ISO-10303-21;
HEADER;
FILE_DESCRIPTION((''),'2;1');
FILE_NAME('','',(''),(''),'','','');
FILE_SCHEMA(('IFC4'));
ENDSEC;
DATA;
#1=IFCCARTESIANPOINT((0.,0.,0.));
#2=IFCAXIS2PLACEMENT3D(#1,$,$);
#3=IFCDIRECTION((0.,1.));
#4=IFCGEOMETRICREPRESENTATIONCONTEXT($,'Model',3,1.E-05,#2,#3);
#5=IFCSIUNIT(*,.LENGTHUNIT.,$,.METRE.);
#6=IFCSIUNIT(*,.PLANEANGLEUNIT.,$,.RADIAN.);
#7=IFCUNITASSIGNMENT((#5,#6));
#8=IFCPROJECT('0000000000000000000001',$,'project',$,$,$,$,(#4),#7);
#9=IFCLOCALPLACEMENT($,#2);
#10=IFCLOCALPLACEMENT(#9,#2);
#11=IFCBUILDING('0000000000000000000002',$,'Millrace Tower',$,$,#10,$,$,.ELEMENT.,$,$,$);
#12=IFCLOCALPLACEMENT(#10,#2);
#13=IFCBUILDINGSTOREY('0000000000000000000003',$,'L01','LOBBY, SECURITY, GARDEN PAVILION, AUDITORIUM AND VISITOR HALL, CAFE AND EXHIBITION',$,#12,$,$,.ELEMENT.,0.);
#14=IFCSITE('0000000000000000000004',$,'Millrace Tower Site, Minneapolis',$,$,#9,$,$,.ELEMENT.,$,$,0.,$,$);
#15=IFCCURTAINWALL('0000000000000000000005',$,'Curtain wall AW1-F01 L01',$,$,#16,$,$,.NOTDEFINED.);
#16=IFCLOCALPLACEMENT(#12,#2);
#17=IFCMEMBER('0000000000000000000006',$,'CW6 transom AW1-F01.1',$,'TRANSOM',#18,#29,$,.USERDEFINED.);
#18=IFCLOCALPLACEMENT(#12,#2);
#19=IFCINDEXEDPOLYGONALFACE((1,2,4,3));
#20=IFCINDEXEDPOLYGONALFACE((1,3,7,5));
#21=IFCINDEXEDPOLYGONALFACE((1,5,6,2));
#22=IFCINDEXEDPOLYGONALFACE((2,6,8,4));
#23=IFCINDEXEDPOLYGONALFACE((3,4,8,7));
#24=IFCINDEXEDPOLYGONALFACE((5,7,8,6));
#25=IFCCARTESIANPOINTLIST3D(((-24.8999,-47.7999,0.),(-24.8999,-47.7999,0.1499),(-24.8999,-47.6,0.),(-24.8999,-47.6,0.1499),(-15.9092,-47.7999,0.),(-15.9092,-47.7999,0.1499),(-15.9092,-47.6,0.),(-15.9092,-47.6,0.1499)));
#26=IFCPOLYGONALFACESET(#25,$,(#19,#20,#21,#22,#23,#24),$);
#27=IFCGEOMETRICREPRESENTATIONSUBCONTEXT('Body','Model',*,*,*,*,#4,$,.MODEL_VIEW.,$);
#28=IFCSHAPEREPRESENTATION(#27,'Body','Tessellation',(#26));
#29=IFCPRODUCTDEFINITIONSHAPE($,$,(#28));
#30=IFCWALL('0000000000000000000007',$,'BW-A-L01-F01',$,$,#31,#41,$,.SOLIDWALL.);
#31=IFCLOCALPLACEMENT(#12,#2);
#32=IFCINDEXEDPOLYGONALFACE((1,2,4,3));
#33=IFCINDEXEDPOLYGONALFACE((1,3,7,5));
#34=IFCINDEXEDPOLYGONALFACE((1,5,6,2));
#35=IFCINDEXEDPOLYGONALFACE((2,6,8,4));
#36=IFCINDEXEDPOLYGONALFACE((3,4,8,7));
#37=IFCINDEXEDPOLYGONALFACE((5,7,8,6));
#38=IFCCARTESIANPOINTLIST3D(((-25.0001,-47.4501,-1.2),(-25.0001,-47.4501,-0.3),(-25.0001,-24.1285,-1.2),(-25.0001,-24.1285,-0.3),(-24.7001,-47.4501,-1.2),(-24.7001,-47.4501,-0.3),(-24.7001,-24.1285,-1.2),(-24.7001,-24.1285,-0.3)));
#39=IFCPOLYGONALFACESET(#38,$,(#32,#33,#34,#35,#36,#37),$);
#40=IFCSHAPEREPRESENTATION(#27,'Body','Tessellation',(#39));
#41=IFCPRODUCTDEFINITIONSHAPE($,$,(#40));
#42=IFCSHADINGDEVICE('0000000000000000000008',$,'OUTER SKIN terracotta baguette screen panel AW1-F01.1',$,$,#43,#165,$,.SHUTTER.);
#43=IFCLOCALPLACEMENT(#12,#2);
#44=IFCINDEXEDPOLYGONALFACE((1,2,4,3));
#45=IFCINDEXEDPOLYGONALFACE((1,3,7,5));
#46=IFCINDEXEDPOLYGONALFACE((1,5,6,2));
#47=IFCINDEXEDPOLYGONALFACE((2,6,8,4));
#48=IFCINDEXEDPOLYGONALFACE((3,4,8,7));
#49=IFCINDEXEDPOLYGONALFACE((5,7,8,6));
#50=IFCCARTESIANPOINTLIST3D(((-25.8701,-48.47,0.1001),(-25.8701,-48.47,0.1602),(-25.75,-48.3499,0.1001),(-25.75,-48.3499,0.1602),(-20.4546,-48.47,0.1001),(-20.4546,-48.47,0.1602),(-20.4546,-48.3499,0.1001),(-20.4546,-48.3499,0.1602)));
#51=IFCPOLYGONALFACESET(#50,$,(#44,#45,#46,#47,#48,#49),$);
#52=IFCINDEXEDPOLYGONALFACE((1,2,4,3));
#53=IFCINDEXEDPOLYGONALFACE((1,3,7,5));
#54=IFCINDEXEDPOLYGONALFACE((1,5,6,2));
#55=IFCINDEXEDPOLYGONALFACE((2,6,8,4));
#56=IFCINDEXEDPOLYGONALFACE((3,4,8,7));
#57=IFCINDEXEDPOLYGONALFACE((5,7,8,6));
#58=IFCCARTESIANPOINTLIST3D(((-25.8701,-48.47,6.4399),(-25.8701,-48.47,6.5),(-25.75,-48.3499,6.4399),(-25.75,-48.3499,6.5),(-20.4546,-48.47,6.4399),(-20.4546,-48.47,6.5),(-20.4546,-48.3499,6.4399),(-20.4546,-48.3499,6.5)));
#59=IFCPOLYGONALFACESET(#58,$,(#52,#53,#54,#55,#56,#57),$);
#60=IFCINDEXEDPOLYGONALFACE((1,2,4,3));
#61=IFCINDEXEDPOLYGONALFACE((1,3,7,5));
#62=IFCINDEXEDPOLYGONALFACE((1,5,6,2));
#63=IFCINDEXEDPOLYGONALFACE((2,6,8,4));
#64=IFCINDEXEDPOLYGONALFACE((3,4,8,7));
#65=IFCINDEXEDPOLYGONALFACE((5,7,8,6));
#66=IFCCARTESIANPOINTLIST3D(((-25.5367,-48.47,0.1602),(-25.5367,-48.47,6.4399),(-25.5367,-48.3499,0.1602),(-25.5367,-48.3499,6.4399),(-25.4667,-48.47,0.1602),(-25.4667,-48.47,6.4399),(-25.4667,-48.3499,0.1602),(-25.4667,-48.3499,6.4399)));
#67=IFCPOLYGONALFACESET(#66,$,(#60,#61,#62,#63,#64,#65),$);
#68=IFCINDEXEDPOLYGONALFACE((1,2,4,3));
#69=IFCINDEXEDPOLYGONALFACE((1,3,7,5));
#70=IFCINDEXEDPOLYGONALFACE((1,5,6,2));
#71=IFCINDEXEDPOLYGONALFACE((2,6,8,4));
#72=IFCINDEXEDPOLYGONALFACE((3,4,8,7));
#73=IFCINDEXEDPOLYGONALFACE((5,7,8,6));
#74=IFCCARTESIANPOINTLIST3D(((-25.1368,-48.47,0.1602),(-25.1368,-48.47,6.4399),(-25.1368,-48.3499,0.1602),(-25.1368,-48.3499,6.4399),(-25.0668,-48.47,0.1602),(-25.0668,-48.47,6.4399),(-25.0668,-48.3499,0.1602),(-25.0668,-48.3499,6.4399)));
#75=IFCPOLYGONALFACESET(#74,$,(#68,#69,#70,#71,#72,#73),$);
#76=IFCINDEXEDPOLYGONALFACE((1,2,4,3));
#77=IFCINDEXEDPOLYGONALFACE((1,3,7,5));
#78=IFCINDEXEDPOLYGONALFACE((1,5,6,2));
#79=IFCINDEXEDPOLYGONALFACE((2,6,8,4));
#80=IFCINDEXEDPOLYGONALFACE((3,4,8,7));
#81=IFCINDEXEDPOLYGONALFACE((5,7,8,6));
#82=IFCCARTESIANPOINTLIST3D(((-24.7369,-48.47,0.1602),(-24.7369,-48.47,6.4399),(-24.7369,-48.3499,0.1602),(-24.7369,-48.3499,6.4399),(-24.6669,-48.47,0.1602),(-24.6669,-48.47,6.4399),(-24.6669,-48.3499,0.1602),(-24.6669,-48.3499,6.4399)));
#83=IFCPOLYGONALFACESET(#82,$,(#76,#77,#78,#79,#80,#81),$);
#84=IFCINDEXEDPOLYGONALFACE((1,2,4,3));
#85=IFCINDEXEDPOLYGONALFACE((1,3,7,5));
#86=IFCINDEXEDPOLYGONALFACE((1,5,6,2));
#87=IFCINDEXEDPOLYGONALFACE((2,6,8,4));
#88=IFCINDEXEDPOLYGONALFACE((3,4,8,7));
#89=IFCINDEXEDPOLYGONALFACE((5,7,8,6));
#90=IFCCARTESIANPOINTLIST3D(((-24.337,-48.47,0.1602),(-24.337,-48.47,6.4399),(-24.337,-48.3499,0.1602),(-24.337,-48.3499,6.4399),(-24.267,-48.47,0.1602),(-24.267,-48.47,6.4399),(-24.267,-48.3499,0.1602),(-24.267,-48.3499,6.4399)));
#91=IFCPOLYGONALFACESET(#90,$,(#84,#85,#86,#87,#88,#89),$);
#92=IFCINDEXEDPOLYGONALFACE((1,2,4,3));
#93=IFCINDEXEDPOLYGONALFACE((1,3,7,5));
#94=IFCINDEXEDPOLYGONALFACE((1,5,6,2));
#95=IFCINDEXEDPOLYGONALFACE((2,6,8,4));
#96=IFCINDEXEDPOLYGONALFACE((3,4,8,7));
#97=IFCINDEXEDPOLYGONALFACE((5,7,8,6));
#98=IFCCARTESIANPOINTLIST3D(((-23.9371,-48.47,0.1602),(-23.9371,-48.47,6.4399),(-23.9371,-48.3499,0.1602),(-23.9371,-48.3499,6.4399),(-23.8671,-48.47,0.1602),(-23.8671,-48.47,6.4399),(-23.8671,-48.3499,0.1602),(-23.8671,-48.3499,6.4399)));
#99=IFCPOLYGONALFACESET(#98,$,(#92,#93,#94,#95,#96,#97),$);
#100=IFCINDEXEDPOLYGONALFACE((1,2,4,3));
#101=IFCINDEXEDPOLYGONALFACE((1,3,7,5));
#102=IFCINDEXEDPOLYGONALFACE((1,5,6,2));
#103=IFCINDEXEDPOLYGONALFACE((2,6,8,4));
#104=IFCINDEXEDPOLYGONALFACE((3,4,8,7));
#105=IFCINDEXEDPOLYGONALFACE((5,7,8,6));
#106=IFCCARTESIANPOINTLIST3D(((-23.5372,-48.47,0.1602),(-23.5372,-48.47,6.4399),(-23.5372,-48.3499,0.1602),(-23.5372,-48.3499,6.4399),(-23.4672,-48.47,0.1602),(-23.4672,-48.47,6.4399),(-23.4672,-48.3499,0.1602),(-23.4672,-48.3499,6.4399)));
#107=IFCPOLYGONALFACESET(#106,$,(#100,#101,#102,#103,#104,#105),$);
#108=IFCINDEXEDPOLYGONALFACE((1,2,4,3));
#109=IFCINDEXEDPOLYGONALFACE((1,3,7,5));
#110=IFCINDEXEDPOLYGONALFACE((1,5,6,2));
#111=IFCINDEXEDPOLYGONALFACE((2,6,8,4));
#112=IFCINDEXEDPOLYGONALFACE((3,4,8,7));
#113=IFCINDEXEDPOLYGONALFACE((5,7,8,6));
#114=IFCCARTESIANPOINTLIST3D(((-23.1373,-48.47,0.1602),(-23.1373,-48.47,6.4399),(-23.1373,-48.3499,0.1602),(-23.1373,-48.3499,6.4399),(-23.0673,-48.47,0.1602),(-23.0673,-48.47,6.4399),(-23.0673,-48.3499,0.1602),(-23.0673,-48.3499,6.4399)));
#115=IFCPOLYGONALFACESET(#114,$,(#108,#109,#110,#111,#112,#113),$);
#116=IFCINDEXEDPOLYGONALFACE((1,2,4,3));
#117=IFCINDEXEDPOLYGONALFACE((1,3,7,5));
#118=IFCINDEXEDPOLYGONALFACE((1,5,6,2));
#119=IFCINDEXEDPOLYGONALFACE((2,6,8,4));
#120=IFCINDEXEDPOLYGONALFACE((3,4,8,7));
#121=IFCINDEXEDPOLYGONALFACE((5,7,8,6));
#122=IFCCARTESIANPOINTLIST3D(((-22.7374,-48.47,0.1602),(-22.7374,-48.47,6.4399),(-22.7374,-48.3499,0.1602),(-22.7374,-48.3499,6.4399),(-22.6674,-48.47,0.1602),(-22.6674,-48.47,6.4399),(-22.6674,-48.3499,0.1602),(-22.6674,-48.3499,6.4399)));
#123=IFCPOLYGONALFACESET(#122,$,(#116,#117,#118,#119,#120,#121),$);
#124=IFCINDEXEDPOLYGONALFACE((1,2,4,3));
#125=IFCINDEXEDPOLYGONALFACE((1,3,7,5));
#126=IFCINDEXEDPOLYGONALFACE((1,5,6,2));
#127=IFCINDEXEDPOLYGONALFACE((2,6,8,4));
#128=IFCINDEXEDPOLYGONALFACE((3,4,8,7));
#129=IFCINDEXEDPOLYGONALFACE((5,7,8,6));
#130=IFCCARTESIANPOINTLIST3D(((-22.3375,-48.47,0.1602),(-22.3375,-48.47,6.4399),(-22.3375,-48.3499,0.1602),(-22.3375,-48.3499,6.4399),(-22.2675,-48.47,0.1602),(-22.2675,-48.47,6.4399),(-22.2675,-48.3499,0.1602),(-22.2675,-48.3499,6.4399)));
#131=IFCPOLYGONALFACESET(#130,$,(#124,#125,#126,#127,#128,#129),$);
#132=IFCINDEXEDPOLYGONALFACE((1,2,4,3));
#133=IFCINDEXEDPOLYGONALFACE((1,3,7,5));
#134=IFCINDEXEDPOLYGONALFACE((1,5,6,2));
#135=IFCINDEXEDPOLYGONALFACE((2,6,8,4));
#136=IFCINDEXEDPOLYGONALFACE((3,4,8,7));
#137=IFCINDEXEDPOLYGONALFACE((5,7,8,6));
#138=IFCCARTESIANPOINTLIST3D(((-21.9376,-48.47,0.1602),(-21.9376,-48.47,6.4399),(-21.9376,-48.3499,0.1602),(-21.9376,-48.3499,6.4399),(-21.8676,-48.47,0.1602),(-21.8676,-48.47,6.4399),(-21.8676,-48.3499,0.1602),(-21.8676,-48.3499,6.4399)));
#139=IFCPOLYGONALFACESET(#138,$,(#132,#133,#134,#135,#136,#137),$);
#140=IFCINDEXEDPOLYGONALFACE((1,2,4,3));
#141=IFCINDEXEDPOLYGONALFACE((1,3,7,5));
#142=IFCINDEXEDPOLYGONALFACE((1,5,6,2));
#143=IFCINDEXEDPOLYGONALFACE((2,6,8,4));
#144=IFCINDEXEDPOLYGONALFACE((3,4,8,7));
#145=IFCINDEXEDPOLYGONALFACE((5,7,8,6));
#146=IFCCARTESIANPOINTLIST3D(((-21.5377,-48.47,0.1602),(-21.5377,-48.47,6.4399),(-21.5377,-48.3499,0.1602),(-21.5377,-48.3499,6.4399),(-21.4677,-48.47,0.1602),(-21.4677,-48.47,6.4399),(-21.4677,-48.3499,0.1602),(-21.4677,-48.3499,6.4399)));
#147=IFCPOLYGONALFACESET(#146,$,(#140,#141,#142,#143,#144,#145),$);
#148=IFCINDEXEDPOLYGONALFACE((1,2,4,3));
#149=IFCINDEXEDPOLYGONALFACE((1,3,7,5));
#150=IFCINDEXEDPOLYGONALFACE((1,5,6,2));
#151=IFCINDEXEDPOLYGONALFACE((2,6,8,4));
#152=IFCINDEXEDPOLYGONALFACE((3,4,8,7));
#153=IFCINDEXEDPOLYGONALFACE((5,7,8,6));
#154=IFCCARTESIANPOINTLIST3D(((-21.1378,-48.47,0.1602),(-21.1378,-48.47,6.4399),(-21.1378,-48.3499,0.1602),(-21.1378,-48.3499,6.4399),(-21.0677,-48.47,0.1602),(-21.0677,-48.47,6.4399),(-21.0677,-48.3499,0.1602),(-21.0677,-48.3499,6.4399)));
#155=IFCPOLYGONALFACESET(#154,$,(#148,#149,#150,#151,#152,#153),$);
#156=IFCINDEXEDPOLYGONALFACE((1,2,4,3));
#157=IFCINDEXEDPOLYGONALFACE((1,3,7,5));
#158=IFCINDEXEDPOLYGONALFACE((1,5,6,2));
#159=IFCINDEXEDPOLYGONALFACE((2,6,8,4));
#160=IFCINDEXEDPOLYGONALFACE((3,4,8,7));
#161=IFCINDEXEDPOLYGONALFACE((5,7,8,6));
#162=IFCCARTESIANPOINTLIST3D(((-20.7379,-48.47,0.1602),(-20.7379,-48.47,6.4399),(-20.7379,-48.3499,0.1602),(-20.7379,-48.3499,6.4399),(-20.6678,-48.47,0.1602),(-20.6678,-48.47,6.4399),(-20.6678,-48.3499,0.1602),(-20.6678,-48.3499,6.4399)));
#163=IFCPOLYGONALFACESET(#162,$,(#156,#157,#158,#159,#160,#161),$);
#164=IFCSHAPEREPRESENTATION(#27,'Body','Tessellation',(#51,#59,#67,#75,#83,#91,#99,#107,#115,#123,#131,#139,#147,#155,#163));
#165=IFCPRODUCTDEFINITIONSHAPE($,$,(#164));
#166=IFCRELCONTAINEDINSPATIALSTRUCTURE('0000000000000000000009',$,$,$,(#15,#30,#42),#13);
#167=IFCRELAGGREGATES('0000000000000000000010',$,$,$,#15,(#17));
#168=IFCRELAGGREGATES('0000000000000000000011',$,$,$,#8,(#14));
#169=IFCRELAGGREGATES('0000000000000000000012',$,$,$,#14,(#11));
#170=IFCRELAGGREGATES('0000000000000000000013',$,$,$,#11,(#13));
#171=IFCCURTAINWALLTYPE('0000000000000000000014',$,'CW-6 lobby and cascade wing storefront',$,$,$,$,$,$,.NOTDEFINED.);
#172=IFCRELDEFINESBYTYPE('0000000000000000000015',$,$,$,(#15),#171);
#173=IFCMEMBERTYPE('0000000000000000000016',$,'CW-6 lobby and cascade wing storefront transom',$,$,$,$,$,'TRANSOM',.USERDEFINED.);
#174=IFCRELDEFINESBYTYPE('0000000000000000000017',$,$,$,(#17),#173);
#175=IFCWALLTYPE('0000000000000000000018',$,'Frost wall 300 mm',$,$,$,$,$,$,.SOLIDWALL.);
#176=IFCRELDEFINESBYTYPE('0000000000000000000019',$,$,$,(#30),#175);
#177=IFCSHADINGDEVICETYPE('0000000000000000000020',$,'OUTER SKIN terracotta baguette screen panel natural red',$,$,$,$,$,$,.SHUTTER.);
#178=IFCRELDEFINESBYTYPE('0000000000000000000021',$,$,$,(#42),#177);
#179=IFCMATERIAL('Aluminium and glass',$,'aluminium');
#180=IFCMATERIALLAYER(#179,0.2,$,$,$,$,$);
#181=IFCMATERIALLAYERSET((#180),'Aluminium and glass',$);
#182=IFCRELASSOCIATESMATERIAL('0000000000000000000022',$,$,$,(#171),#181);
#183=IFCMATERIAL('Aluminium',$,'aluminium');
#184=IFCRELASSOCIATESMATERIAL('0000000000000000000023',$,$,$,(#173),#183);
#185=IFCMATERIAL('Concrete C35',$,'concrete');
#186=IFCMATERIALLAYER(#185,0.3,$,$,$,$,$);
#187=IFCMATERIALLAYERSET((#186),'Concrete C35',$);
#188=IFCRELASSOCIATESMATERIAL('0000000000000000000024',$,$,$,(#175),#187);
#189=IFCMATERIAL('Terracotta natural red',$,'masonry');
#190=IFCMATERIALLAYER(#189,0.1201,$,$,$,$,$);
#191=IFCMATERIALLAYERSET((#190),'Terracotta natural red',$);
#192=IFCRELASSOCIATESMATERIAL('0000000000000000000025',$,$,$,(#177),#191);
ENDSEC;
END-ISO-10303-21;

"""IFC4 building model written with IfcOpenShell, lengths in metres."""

from ifc_helpers import new_model, entity, si_unit, direction, frame, frame_2d, origin, origin_2d, place, context, subcontext, project, spatial, rectangle, extrude, source, transform, mapped, material, layer, layer_set, material_profile, profile_set, type_object, element, aggregate, save


model = new_model("IFC4")

# Units and contexts
model_context = context("Model", 3, precision=1e-05, world=origin(), true_north=direction((0.0, 1.0)))
body_context = subcontext(model_context, "Body", "Model", "MODEL_VIEW")
ifc_project = project(units=[si_unit("LENGTHUNIT", "METRE"), si_unit("PLANEANGLEUNIT", "RADIAN")], contexts=[model_context])

# Site, building, storey
site_placement = place(None, origin())
site = spatial("IfcSite", under=ifc_project, at=site_placement, Name="Millrace Tower Site, Minneapolis", CompositionType="ELEMENT", RefElevation=0.0)
building_placement = place(site_placement, origin())
building = spatial("IfcBuilding", under=site, at=building_placement, Name="Millrace Tower", CompositionType="ELEMENT")
storey_placement = place(building_placement, origin())
storey = spatial("IfcBuildingStorey", under=building, at=storey_placement, Name="L01", Description="LOBBY, SECURITY, GARDEN PAVILION, AUDITORIUM AND VISITOR HALL, CAFE AND EXHIBITION", CompositionType="ELEMENT", Elevation=0.0)

# Curtain wall, member
ifc_material_1 = material(Name="Aluminium and glass", Category="aluminium")
ifc_layer_1 = layer(ifc_material_1, 0.2)
ifc_layer_set_1 = layer_set([ifc_layer_1], Name="Aluminium and glass")
curtain_wall_type = type_object("IfcCurtainWallType", Name="CW-6 lobby and cascade wing storefront", PredefinedType="NOTDEFINED", material=ifc_layer_set_1)
curtain_wall_placement = place(storey_placement, origin())
curtain_wall = element("IfcCurtainWall", 1, at=curtain_wall_placement, inside=storey, type_object=curtain_wall_type, Name="Curtain wall AW1-F01 L01", PredefinedType="NOTDEFINED")
ifc_material_2 = material(Name="Aluminium", Category="aluminium")
ifc_material_profile_1 = material_profile(ifc_material_2, rectangle(XDim=0.2, YDim=0.1499, at=origin_2d()))
ifc_profile_set_1 = profile_set([ifc_material_profile_1], Name="Aluminium")
member_type_1 = type_object("IfcMemberType", Name="CW-6 lobby and cascade wing storefront transom", ElementType="TRANSOM", PredefinedType="USERDEFINED", material=ifc_profile_set_1)
member_1_placement = place(storey_placement, frame((-24.8999, -47.7, 0.075), z_axis=(1.0, 0.0, 0.0), x_axis=(0.0, 1.0, 0.0)))
member_1 = element("IfcMember", 2, at=member_1_placement, type_object=member_type_1, Name="CW6 transom AW1-F01.1", ObjectType="TRANSOM", PredefinedType="USERDEFINED", context=body_context, shape_type="SweptSolid", body=[
    extrude(rectangle(XDim=0.2, YDim=0.1499, at=origin_2d()), origin(), (0.0, 0.0, 1.0), 8.9907),
])
aggregate(curtain_wall, [member_1])

# Wall
ifc_material_3 = material(Name="Concrete C35", Category="concrete")
ifc_layer_2 = layer(ifc_material_3, 0.3)
ifc_layer_set_2 = layer_set([ifc_layer_2], Name="Concrete C35")
wall_type_1 = type_object("IfcWallType", Name="Frost wall 300 mm", PredefinedType="SOLIDWALL", material=ifc_layer_set_2)
wall_1_placement = place(storey_placement, frame((-24.8501, -47.45, -1.2), z_axis=(0.0, 0.0, 1.0), x_axis=(0.0, 1.0, 0.0)))
element("IfcWall", 3, at=wall_1_placement, inside=storey, type_object=wall_type_1, Name="BW-A-L01-F01", PredefinedType="SOLIDWALL", context=body_context, shape_type="SweptSolid", body=[
    extrude(rectangle(XDim=23.3215, YDim=0.3, at=frame_2d((11.6606, 0.0))), origin(), (0.0, 0.0, 1.0), 0.8999),
])

# Shading device
ifc_material_4 = material(Name="Terracotta natural red", Category="masonry")
ifc_layer_3 = layer(ifc_material_4, 0.1201)
ifc_layer_set_3 = layer_set([ifc_layer_3], Name="Terracotta natural red")
shading_device_type = type_object("IfcShadingDeviceType", Name="OUTER SKIN terracotta baguette screen panel natural red", PredefinedType="SHUTTER", material=ifc_layer_set_3)
cartesian_point_1 = entity("IfcCartesianPoint", [-2.6177, 0.0601])
shared_polyline_1 = entity("IfcPolyline", [cartesian_point_1, entity("IfcCartesianPoint", [2.6777, 0.0601]), entity("IfcCartesianPoint", [2.6777, -0.0601]), entity("IfcCartesianPoint", [-2.7378, -0.0601]), cartesian_point_1])
shared_shape_1 = source(origin(), body_context, "Body", "SweptSolid", [
    entity("IfcExtrudedAreaSolid", entity("IfcArbitraryClosedProfileDef", "AREA", None, shared_polyline_1), entity("IfcAxis2Placement3D", entity("IfcCartesianPoint", [0.0, 0.0, 0.0])), entity("IfcDirection", [0.0, 0.0, 1.0]), 0.0601),
    entity("IfcExtrudedAreaSolid", entity("IfcArbitraryClosedProfileDef", "AREA", None, shared_polyline_1), entity("IfcAxis2Placement3D", entity("IfcCartesianPoint", [0.0, 0.0, 6.3398])), entity("IfcDirection", [0.0, 0.0, 1.0]), 0.0601),
    extrude(rectangle(XDim=0.0701, YDim=0.1201, at=frame_2d((-2.3694, 0.0))), frame((0.0, 0.0, 0.0601)), (0.0, 0.0, 1.0), 6.2798),
    extrude(rectangle(XDim=0.0701, YDim=0.1201, at=frame_2d((-1.9695, 0.0))), frame((0.0, 0.0, 0.0601)), (0.0, 0.0, 1.0), 6.2798),
    extrude(rectangle(XDim=0.0701, YDim=0.1201, at=frame_2d((-1.5696, 0.0))), frame((0.0, 0.0, 0.0601)), (0.0, 0.0, 1.0), 6.2798),
    extrude(rectangle(XDim=0.0701, YDim=0.1201, at=frame_2d((-1.1697, 0.0))), frame((0.0, 0.0, 0.0601)), (0.0, 0.0, 1.0), 6.2798),
    extrude(rectangle(XDim=0.0701, YDim=0.1201, at=frame_2d((-0.7698, 0.0))), frame((0.0, 0.0, 0.0601)), (0.0, 0.0, 1.0), 6.2798),
    extrude(rectangle(XDim=0.0701, YDim=0.1201, at=frame_2d((-0.3699, 0.0))), frame((0.0, 0.0, 0.0601)), (0.0, 0.0, 1.0), 6.2798),
    extrude(rectangle(XDim=0.0701, YDim=0.1201, at=frame_2d((0.03, 0.0))), frame((0.0, 0.0, 0.0601)), (0.0, 0.0, 1.0), 6.2798),
    extrude(rectangle(XDim=0.0701, YDim=0.1201, at=frame_2d((0.4299, 0.0))), frame((0.0, 0.0, 0.0601)), (0.0, 0.0, 1.0), 6.2798),
    extrude(rectangle(XDim=0.0701, YDim=0.1201, at=frame_2d((0.8298, 0.0))), frame((0.0, 0.0, 0.0601)), (0.0, 0.0, 1.0), 6.2798),
    extrude(rectangle(XDim=0.0701, YDim=0.1201, at=frame_2d((1.2297, 0.0))), frame((0.0, 0.0, 0.0601)), (0.0, 0.0, 1.0), 6.2798),
    extrude(rectangle(XDim=0.0701, YDim=0.1201, at=frame_2d((1.6296, 0.0))), frame((0.0, 0.0, 0.0601)), (0.0, 0.0, 1.0), 6.2798),
    extrude(rectangle(XDim=0.0701, YDim=0.1201, at=frame_2d((2.0295, 0.0))), frame((0.0, 0.0, 0.0601)), (0.0, 0.0, 1.0), 6.2798),
    extrude(rectangle(XDim=0.0701, YDim=0.1201, at=frame_2d((2.4294, 0.0))), frame((0.0, 0.0, 0.0601)), (0.0, 0.0, 1.0), 6.2798),
])
shading_device_1_placement = place(storey_placement, frame((-23.1323, -48.4099, 0.1001), z_axis=(0.0, 0.0, 1.0), x_axis=(1.0, 0.0, 0.0)))
element("IfcShadingDevice", 4, at=shading_device_1_placement, inside=storey, type_object=shading_device_type, Name="OUTER SKIN terracotta baguette screen panel AW1-F01.1", PredefinedType="SHUTTER", context=body_context, shape_type="MappedRepresentation", body=[
    mapped(shared_shape_1, transform((0.0, 0.0, 0.0), scale=1.0)),
])

save(model, "model.ifc")
